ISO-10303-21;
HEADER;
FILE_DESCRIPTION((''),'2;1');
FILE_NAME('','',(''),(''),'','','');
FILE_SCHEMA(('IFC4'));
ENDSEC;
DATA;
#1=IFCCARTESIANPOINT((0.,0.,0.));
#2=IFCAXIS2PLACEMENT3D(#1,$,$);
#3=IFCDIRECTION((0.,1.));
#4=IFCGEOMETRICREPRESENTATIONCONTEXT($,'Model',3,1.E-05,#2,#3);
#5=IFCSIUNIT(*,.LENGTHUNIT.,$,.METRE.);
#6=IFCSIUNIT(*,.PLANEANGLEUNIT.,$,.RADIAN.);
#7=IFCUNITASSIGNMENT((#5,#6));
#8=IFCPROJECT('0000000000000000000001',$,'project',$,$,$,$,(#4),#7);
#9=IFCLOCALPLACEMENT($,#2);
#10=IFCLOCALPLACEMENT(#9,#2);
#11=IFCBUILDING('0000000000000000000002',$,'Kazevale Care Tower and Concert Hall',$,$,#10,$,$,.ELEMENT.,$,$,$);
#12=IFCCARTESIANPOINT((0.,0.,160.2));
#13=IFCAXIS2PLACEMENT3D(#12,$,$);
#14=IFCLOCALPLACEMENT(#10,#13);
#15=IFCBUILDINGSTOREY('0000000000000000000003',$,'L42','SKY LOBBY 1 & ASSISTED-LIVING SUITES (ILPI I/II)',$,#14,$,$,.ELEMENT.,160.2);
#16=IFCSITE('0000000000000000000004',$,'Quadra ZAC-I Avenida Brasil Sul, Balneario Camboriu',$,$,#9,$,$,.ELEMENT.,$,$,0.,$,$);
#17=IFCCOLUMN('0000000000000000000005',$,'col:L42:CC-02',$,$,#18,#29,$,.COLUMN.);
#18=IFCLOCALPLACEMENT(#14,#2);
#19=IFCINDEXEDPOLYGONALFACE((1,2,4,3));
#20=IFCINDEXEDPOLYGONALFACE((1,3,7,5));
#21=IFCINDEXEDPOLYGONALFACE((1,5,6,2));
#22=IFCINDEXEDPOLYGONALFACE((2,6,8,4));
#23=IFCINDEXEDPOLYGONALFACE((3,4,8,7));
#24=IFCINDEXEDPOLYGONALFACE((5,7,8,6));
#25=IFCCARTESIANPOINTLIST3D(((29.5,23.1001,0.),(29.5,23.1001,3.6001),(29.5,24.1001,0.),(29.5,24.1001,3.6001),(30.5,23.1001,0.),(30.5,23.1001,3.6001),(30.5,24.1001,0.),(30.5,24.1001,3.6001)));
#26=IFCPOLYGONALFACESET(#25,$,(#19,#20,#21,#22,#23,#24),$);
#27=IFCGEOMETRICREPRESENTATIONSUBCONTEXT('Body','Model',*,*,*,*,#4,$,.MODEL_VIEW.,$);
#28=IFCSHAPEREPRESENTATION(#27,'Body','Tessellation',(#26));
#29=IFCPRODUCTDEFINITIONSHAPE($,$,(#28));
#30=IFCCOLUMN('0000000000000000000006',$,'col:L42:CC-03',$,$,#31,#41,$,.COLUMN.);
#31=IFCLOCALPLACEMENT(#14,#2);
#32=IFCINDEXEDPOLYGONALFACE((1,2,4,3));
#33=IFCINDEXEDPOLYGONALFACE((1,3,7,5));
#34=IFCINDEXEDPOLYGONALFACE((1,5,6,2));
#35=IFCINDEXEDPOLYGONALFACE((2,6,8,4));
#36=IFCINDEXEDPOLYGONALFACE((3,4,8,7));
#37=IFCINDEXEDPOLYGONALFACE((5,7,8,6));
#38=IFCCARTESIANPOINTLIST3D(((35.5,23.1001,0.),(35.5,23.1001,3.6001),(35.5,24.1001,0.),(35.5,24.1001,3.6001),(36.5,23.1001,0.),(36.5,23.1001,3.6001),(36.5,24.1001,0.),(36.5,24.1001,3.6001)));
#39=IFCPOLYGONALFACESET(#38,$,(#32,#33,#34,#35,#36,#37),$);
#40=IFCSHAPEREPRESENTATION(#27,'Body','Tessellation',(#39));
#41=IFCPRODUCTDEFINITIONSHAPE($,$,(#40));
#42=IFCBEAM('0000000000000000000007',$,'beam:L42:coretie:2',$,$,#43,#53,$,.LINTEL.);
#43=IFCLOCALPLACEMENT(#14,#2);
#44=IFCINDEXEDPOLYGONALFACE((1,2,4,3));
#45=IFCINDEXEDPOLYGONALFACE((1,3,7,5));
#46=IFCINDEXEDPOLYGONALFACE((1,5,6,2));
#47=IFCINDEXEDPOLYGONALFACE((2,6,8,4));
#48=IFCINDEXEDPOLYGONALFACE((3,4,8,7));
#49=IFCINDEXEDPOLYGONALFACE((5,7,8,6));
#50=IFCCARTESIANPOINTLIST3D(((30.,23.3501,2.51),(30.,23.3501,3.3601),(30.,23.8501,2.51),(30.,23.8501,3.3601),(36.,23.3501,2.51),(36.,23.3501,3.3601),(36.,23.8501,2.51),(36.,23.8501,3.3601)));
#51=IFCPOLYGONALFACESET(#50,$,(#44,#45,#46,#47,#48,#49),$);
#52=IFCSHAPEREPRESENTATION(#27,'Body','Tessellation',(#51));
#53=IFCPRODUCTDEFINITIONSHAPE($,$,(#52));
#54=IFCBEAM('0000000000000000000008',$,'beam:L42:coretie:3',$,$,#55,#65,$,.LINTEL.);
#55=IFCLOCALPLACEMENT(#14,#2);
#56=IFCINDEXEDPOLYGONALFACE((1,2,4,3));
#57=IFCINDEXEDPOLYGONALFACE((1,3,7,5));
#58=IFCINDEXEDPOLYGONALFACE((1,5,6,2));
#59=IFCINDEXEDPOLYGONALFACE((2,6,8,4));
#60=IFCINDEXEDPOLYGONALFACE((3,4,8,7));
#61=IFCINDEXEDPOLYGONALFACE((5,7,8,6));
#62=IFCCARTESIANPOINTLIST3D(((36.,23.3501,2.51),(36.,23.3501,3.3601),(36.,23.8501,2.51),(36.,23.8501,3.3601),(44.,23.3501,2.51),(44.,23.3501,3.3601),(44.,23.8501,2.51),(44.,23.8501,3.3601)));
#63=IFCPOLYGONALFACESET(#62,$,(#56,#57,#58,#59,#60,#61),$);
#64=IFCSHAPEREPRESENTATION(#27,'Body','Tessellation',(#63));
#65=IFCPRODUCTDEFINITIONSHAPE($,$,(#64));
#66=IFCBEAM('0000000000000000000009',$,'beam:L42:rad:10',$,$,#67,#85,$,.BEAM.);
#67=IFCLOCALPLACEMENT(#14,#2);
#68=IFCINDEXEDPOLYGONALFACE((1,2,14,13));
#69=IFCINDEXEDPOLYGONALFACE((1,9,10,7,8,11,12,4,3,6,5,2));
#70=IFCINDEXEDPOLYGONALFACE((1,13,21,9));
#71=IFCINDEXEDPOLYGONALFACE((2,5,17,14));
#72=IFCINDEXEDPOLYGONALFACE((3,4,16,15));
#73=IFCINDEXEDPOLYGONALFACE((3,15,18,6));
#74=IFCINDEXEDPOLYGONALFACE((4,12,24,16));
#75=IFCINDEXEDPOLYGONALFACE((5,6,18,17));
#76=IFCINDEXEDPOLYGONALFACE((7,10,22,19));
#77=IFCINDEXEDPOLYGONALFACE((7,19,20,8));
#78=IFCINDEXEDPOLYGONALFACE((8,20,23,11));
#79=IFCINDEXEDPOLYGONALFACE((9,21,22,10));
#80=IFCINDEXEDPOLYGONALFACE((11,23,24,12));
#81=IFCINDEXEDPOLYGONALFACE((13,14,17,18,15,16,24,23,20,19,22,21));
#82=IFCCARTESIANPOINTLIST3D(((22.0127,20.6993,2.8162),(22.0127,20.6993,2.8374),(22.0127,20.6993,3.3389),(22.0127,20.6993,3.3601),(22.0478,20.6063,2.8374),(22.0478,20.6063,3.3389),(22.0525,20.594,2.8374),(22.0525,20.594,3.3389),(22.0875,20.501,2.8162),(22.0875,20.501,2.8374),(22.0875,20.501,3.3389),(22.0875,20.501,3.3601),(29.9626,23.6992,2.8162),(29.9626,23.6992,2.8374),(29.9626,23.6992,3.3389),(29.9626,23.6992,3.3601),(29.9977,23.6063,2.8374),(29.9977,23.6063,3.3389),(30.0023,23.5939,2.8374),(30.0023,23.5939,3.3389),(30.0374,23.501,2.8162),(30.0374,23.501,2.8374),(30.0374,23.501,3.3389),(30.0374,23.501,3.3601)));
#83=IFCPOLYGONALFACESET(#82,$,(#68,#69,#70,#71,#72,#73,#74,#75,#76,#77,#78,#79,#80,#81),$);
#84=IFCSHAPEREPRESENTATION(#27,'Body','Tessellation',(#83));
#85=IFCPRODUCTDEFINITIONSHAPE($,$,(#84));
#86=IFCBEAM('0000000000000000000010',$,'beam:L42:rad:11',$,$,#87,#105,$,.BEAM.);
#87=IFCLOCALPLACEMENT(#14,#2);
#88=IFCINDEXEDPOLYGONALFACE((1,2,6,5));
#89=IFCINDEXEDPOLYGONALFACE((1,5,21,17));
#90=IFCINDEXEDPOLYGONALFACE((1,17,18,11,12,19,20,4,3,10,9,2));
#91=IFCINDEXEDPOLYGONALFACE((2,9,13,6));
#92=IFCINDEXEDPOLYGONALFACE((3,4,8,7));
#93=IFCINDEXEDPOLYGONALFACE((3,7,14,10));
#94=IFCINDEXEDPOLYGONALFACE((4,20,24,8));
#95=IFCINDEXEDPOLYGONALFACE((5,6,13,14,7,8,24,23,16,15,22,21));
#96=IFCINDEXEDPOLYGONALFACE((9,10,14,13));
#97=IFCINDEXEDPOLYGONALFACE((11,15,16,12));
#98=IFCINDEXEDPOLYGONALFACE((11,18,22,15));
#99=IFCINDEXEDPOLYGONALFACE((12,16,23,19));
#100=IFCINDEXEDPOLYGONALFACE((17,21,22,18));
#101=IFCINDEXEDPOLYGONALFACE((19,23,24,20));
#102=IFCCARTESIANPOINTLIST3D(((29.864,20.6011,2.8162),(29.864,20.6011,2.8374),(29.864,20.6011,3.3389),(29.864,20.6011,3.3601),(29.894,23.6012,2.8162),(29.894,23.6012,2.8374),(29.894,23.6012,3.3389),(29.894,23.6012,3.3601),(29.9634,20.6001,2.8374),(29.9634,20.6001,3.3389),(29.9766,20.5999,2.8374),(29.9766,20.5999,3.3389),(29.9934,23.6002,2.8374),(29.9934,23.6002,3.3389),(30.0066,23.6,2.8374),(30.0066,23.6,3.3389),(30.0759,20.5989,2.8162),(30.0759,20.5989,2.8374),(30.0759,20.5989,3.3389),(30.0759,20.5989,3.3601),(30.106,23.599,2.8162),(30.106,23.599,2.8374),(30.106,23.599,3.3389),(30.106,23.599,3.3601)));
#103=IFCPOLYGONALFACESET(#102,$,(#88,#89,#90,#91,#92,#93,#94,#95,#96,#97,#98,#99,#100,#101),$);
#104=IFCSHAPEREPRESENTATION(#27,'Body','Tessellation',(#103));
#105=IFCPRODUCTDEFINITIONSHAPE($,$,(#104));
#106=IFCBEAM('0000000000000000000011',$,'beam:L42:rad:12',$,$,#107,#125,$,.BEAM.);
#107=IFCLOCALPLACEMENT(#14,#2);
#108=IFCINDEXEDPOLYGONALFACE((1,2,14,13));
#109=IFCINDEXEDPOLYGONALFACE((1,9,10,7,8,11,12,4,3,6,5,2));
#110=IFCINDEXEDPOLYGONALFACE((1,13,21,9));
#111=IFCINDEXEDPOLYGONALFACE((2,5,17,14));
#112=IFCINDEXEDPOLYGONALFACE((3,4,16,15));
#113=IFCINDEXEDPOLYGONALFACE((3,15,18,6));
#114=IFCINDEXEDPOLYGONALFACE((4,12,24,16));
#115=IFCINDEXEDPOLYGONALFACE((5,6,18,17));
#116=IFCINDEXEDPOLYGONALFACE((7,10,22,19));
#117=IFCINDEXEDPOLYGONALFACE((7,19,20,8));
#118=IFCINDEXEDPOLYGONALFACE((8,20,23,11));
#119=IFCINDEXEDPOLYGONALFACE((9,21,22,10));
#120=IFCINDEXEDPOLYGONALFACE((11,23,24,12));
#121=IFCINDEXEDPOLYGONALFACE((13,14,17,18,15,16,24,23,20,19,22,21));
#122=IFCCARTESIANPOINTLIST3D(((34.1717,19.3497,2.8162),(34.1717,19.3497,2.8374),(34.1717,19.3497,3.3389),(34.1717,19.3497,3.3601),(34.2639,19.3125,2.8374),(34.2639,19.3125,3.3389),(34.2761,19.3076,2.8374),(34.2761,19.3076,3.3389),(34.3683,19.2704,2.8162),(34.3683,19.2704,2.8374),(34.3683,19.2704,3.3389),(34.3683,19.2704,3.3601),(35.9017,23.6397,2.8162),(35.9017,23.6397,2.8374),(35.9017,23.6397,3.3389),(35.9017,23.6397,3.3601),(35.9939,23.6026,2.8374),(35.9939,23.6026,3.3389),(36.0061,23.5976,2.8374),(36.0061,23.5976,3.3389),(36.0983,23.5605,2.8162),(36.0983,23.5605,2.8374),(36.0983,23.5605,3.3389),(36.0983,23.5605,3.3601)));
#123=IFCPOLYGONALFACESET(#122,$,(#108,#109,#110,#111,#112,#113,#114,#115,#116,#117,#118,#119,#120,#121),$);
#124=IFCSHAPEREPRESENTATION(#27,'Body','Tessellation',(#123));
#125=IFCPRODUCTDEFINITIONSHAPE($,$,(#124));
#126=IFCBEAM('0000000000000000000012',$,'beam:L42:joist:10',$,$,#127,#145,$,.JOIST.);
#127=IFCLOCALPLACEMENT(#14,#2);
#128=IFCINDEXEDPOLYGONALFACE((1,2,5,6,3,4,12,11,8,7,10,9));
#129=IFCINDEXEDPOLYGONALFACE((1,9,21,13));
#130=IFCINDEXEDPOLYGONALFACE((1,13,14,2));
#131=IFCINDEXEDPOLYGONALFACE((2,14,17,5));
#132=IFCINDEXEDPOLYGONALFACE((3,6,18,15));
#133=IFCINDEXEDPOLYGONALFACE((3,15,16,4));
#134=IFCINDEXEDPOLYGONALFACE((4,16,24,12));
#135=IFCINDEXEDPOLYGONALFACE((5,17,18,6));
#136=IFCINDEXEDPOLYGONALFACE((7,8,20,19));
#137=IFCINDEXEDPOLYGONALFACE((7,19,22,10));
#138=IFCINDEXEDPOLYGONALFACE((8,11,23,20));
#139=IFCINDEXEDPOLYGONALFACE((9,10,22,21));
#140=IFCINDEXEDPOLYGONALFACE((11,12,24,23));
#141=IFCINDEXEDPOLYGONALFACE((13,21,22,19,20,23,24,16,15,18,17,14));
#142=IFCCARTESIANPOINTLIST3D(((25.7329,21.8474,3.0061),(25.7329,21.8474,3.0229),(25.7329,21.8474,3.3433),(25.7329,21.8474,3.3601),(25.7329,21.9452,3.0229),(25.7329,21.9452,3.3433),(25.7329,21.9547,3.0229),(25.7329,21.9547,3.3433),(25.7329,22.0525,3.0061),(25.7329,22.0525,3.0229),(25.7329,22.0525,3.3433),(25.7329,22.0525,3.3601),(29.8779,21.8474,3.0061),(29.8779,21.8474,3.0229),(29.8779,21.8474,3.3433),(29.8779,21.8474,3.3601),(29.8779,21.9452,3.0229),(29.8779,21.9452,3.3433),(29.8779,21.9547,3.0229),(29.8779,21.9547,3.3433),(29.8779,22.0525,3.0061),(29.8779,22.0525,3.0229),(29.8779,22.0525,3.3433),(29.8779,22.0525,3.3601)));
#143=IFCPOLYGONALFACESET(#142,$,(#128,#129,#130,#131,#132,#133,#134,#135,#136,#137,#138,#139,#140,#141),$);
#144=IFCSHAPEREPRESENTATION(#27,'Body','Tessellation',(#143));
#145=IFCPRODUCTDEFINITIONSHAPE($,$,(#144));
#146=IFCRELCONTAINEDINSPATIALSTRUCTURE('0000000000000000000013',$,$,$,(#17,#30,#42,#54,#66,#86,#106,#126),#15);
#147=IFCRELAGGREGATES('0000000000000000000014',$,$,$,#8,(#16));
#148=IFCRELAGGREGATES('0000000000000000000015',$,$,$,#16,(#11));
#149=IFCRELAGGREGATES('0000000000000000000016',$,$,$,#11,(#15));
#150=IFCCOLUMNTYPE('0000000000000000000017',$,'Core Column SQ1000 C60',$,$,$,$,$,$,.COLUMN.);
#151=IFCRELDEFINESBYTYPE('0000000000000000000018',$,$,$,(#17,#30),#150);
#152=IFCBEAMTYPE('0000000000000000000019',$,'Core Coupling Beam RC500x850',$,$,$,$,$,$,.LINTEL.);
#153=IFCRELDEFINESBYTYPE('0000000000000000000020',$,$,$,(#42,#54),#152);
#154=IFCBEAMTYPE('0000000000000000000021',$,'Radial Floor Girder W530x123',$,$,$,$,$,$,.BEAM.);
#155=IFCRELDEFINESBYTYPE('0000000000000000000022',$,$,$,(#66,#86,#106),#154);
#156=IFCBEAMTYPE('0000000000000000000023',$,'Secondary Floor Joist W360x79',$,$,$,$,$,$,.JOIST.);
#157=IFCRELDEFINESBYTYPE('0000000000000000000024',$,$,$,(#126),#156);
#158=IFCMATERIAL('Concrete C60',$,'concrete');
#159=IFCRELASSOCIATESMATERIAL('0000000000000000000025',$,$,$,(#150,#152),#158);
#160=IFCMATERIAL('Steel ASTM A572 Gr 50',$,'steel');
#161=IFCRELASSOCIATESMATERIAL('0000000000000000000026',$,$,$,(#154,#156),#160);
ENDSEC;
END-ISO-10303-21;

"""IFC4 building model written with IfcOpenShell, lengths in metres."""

from ifc_helpers import new_model, si_unit, direction, frame, origin, origin_2d, place, context, subcontext, project, spatial, rectangle, i_section, extrude, material, material_profile, profile_set, type_object, element, save


model = new_model("IFC4")

# Units and contexts
model_context = context("Model", 3, precision=1e-05, world=origin(), true_north=direction((0.0, 1.0)))
body_context = subcontext(model_context, "Body", "Model", "MODEL_VIEW")
ifc_project = project(units=[si_unit("LENGTHUNIT", "METRE"), si_unit("PLANEANGLEUNIT", "RADIAN")], contexts=[model_context])

# Site, building, storey
site_placement = place(None, origin())
site = spatial("IfcSite", under=ifc_project, at=site_placement, Name="Quadra ZAC-I Avenida Brasil Sul, Balneario Camboriu", CompositionType="ELEMENT", RefElevation=0.0)
building_placement = place(site_placement, origin())
building = spatial("IfcBuilding", under=site, at=building_placement, Name="Kazevale Care Tower and Concert Hall", CompositionType="ELEMENT")
storey_placement = place(building_placement, frame((0.0, 0.0, 160.2)))
storey = spatial("IfcBuildingStorey", under=building, at=storey_placement, Name="L42", Description="SKY LOBBY 1 & ASSISTED-LIVING SUITES (ILPI I/II)", CompositionType="ELEMENT", Elevation=160.2)

# Columns
ifc_material_1 = material(Name="Concrete C60", Category="concrete")
ifc_material_profile_1 = material_profile(ifc_material_1, rectangle(XDim=1.0, YDim=1.0, at=origin_2d()), Name="RC-SQ1000")
ifc_profile_set_1 = profile_set([ifc_material_profile_1], Name="Concrete C60")
column_type = type_object("IfcColumnType", Name="Core Column SQ1000 C60", PredefinedType="COLUMN", material=ifc_profile_set_1)
for number, where, z_axis, x_axis, name in (
    (1, (30.0, 23.6001, 0.0), (0.0, 0.0, 1.0), (1.0, 0.0, 0.0), "col:L42:CC-02"),
    (2, (36.0, 23.6001, 0.0), (0.0, 0.0, 1.0), (1.0, 0.0, 0.0), "col:L42:CC-03"),
):
    element("IfcColumn", number, at=place(storey_placement, frame(where, z_axis=z_axis, x_axis=x_axis)), inside=storey, type_object=column_type, Name=name, PredefinedType="COLUMN", context=body_context, shape_type="SweptSolid", body=[
        extrude(rectangle(XDim=1.0, YDim=1.0, at=origin_2d()), origin(), (0.0, 0.0, 1.0), 3.6001),
    ])

# Beams
ifc_material_profile_2 = material_profile(ifc_material_1, rectangle(XDim=0.5, YDim=0.8501, at=origin_2d()), Name="RC-B500x850")
ifc_profile_set_2 = profile_set([ifc_material_profile_2], Name="Concrete C60")
beam_type_1 = type_object("IfcBeamType", Name="Core Coupling Beam RC500x850", PredefinedType="LINTEL", material=ifc_profile_set_2)
beam_1_placement = place(storey_placement, frame((30.0, 23.6001, 2.9351), z_axis=(1.0, 0.0, 0.0), x_axis=(0.0, 1.0, 0.0)))
element("IfcBeam", 3, at=beam_1_placement, inside=storey, type_object=beam_type_1, Name="beam:L42:coretie:2", PredefinedType="LINTEL", context=body_context, shape_type="SweptSolid", body=[
    extrude(rectangle(XDim=0.5, YDim=0.8501, at=origin_2d()), origin(), (0.0, 0.0, 1.0), 6.0),
])
beam_2_placement = place(storey_placement, frame((36.0, 23.6001, 2.9351), z_axis=(1.0, 0.0, 0.0), x_axis=(0.0, 1.0, 0.0)))
element("IfcBeam", 4, at=beam_2_placement, inside=storey, type_object=beam_type_1, Name="beam:L42:coretie:3", PredefinedType="LINTEL", context=body_context, shape_type="SweptSolid", body=[
    extrude(rectangle(XDim=0.5, YDim=0.8501, at=origin_2d()), origin(), (0.0, 0.0, 1.0), 8.0),
])
ifc_material_2 = material(Name="Steel ASTM A572 Gr 50", Category="steel")
ifc_material_profile_3 = material_profile(ifc_material_2, i_section(OverallWidth=0.2119, OverallDepth=0.5439, WebThickness=0.0132, FlangeThickness=0.0212, at=origin_2d()), Name="W530x123")
ifc_profile_set_3 = profile_set([ifc_material_profile_3], Name="Steel ASTM A572 Gr 50")
beam_type_2 = type_object("IfcBeamType", Name="Radial Floor Girder W530x123", PredefinedType="BEAM", material=ifc_profile_set_3)
beam_3_placement = place(storey_placement, frame((30.0, 23.6001, 3.0881), z_axis=(-0.935601, -0.353059, 0.0), x_axis=(0.353059, -0.935601, 0.0)))
element("IfcBeam", 5, at=beam_3_placement, inside=storey, type_object=beam_type_2, Name="beam:L42:rad:10", PredefinedType="BEAM", context=body_context, shape_type="SweptSolid", body=[
    extrude(i_section(OverallWidth=0.2119, OverallDepth=0.5439, WebThickness=0.0132, FlangeThickness=0.0212, at=origin_2d()), origin(), (0.0, 0.0, 1.0), 8.4971),
])
beam_4_placement = place(storey_placement, frame((30.0, 23.6001, 3.0881), z_axis=(-0.010009, -0.99995, 0.0), x_axis=(0.99995, -0.010009, 0.0)))
element("IfcBeam", 6, at=beam_4_placement, inside=storey, type_object=beam_type_2, Name="beam:L42:rad:11", PredefinedType="BEAM", context=body_context, shape_type="SweptSolid", body=[
    extrude(i_section(OverallWidth=0.2119, OverallDepth=0.5439, WebThickness=0.0132, FlangeThickness=0.0212, at=origin_2d()), origin(), (0.0, 0.0, 1.0), 3.0002),
])
beam_5_placement = place(storey_placement, frame((36.0, 23.6001, 3.0881), z_axis=(-0.373992, -0.927432, 0.0), x_axis=(0.927432, -0.373992, 0.0)))
element("IfcBeam", 7, at=beam_5_placement, inside=storey, type_object=beam_type_2, Name="beam:L42:rad:12", PredefinedType="BEAM", context=body_context, shape_type="SweptSolid", body=[
    extrude(i_section(OverallWidth=0.2119, OverallDepth=0.5439, WebThickness=0.0132, FlangeThickness=0.0212, at=origin_2d()), origin(), (0.0, 0.0, 1.0), 4.6257),
])
ifc_material_profile_4 = material_profile(ifc_material_2, i_section(OverallWidth=0.2051, OverallDepth=0.354, WebThickness=0.0095, FlangeThickness=0.0168, at=origin_2d()), Name="W360x79")
ifc_profile_set_4 = profile_set([ifc_material_profile_4], Name="Steel ASTM A572 Gr 50")
beam_type_3 = type_object("IfcBeamType", Name="Secondary Floor Joist W360x79", PredefinedType="JOIST", material=ifc_profile_set_4)
beam_6_placement = place(storey_placement, frame((25.7329, 21.95, 3.1831), z_axis=(1.0, 0.0, 0.0), x_axis=(0.0, 1.0, 0.0)))
element("IfcBeam", 8, at=beam_6_placement, inside=storey, type_object=beam_type_3, Name="beam:L42:joist:10", PredefinedType="JOIST", context=body_context, shape_type="SweptSolid", body=[
    extrude(i_section(OverallWidth=0.2051, OverallDepth=0.354, WebThickness=0.0095, FlangeThickness=0.0168, at=origin_2d()), origin(), (0.0, 0.0, 1.0), 4.145),
])

save(model, "model.ifc")
